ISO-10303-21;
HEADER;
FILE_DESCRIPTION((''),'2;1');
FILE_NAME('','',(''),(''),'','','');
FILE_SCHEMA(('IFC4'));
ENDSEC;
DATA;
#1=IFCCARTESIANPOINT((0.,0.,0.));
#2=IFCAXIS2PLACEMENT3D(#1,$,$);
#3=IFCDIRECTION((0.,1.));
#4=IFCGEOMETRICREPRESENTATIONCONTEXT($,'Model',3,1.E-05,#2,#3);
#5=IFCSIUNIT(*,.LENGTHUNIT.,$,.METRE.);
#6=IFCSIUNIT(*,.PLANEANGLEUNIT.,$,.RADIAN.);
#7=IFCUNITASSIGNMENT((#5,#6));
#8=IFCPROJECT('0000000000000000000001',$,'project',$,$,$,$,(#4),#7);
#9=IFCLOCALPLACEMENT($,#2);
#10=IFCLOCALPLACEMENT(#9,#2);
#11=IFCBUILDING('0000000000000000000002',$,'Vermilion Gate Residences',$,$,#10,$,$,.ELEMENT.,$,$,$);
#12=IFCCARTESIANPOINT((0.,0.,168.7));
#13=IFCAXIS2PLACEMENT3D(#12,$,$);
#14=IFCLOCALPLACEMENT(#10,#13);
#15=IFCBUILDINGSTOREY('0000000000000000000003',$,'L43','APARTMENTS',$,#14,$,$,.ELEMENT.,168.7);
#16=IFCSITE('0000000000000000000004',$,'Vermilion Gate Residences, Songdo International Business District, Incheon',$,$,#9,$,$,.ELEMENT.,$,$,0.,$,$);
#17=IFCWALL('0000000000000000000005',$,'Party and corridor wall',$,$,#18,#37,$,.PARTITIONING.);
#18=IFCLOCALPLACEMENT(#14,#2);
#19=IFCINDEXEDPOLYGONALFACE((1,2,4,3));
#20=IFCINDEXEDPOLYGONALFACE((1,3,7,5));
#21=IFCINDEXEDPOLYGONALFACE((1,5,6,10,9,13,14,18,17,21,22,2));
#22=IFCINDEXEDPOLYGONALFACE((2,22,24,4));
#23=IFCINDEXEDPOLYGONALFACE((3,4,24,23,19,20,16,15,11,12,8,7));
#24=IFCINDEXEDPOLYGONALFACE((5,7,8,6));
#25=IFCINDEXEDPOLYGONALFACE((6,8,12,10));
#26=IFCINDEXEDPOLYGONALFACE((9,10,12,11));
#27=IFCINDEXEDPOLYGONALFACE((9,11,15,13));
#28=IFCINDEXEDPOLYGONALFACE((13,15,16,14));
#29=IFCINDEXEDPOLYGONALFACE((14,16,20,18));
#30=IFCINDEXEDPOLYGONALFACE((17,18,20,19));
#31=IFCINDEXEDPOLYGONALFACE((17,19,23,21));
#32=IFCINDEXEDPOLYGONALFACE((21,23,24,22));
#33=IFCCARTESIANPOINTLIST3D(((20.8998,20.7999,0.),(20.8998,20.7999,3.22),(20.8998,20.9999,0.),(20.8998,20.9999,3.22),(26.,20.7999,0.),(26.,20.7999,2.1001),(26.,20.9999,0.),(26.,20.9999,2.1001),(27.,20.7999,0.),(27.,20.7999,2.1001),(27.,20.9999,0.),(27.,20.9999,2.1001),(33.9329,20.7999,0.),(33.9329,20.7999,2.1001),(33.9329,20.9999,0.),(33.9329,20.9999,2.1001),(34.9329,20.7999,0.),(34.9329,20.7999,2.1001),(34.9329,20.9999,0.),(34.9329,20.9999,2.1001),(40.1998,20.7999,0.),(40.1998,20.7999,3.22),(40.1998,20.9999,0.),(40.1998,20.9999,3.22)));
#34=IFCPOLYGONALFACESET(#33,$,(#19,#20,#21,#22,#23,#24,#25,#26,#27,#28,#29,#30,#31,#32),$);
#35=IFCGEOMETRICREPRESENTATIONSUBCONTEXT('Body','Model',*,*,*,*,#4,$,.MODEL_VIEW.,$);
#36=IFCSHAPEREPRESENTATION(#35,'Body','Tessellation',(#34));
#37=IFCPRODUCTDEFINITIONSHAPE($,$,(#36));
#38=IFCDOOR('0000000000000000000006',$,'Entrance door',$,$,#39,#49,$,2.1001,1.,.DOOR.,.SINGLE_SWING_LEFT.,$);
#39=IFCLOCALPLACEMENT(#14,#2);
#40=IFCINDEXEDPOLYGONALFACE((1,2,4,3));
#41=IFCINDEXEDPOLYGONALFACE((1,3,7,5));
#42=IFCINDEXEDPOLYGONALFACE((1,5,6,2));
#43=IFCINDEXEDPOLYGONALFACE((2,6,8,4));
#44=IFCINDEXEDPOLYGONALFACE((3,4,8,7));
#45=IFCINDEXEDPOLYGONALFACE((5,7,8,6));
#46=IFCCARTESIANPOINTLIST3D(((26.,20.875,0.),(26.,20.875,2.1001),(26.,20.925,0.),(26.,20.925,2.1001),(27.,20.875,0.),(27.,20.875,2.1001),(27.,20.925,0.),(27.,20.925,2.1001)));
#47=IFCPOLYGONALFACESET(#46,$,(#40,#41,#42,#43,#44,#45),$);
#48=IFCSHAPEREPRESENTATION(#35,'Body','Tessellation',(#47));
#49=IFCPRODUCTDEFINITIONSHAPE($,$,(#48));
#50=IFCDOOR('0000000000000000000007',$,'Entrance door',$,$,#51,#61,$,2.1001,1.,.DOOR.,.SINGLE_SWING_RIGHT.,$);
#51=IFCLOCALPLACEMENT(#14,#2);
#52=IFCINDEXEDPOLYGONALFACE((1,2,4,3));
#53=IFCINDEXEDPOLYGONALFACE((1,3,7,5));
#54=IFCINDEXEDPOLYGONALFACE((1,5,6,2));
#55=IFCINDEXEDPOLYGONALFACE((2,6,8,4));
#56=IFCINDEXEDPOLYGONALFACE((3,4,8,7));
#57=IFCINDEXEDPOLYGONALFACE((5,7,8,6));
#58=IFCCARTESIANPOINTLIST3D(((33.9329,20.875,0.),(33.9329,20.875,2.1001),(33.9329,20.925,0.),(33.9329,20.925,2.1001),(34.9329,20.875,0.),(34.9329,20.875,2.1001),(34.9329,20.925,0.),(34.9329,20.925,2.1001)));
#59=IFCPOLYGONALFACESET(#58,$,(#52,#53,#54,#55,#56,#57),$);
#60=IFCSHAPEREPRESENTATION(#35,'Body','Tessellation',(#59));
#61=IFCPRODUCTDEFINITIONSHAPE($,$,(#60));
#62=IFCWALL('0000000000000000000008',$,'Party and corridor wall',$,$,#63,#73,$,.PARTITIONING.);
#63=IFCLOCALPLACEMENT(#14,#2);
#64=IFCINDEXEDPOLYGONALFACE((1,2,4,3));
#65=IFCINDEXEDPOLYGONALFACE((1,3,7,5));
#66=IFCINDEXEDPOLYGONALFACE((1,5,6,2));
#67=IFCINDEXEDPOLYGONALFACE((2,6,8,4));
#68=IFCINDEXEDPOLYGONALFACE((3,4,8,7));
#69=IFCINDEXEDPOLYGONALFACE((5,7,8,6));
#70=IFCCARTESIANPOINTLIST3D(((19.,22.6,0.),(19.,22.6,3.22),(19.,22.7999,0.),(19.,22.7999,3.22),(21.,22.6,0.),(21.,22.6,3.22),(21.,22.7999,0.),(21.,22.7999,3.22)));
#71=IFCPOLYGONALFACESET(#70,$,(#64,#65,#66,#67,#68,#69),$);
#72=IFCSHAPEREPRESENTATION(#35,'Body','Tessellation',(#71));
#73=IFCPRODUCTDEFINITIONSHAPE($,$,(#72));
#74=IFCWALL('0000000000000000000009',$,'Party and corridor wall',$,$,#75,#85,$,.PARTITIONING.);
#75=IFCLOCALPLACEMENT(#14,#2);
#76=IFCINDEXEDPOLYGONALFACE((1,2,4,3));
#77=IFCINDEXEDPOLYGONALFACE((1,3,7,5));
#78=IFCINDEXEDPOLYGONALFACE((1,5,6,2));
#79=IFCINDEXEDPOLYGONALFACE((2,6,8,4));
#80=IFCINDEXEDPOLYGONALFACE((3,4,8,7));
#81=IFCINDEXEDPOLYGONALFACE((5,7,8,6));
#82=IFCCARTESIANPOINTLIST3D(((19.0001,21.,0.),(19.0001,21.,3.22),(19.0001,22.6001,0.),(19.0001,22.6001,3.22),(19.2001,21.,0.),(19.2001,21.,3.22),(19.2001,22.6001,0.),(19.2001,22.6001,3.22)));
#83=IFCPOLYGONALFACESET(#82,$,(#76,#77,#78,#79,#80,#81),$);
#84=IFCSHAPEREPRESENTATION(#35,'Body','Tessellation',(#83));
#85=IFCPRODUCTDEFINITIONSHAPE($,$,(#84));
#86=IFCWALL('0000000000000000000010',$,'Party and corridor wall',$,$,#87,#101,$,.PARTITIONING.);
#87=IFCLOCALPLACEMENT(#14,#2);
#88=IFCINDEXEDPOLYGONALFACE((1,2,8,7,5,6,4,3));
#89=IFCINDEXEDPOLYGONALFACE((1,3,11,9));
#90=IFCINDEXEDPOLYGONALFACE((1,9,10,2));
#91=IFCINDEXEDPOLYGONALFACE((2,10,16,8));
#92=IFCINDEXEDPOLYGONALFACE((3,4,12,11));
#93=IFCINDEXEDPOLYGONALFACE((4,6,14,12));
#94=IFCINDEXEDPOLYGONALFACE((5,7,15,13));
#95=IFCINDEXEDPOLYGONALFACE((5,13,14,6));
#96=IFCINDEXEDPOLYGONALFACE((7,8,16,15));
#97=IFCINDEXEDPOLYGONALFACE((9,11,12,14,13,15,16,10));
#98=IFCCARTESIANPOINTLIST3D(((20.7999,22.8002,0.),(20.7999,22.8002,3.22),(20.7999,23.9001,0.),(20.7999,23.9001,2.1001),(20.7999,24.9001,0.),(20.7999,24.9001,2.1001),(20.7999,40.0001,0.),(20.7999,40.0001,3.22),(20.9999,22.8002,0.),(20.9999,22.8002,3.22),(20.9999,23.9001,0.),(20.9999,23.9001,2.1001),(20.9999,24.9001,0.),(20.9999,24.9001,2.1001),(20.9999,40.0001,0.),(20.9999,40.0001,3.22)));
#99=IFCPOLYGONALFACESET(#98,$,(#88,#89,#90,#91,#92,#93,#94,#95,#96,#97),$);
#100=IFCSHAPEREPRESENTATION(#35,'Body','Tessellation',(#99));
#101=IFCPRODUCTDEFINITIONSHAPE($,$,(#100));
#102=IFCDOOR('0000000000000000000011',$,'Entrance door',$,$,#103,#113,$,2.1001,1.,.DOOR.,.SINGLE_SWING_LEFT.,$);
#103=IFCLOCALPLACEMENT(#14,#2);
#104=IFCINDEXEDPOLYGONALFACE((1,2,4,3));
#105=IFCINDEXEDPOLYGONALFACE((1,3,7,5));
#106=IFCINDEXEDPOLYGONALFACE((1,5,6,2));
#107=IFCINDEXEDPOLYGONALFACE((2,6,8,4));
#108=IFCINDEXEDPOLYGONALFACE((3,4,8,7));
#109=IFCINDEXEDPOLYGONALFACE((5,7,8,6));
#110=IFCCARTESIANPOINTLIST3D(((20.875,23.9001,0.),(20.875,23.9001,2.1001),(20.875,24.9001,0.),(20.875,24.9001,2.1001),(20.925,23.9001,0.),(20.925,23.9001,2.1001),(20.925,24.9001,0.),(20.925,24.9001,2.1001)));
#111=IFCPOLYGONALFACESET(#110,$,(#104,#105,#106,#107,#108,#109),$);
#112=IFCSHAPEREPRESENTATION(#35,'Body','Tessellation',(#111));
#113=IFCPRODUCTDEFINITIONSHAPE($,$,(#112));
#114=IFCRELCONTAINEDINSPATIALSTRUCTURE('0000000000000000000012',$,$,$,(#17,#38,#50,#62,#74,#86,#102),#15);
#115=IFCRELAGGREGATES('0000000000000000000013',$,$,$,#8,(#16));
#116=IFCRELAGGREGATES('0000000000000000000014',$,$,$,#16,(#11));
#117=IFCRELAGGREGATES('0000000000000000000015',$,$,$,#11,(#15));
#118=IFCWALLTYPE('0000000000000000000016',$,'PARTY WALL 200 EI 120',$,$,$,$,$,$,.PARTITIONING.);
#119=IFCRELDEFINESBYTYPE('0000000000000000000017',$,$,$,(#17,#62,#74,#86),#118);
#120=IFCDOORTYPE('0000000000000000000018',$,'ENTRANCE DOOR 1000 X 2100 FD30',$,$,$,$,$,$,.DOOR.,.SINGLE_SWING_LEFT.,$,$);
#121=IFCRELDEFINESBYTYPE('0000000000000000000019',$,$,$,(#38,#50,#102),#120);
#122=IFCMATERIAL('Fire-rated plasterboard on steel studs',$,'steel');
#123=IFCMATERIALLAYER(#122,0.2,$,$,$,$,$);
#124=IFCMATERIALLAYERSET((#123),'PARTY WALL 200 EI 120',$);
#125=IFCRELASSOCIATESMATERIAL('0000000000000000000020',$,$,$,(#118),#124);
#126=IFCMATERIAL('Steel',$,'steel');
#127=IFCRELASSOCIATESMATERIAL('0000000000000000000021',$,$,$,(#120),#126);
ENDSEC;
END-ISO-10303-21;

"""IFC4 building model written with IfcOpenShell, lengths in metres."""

from ifc_helpers import new_model, si_unit, direction, frame, frame_2d, origin, place, context, subcontext, project, spatial, rectangle, extrude, material, layer, layer_set, type_object, element, fill, save


model = new_model("IFC4")

# Units and contexts
model_context = context("Model", 3, precision=1e-05, world=origin(), true_north=direction((0.0, 1.0)))
body_context = subcontext(model_context, "Body", "Model", "MODEL_VIEW")
ifc_project = project(units=[si_unit("LENGTHUNIT", "METRE"), si_unit("PLANEANGLEUNIT", "RADIAN")], contexts=[model_context])

# Site, building, storey
site_placement = place(None, origin())
site = spatial("IfcSite", under=ifc_project, at=site_placement, Name="Vermilion Gate Residences, Songdo International Business District, Incheon", CompositionType="ELEMENT", RefElevation=0.0)
building_placement = place(site_placement, origin())
building = spatial("IfcBuilding", under=site, at=building_placement, Name="Vermilion Gate Residences", CompositionType="ELEMENT")
storey_placement = place(building_placement, frame((0.0, 0.0, 168.7)))
storey = spatial("IfcBuildingStorey", under=building, at=storey_placement, Name="L43", Description="APARTMENTS", CompositionType="ELEMENT", Elevation=168.7)

# Wall, openings, doors
ifc_material_1 = material(Name="Fire-rated plasterboard on steel studs", Category="steel")
ifc_layer_1 = layer(ifc_material_1, 0.2)
ifc_layer_set_1 = layer_set([ifc_layer_1], Name="PARTY WALL 200 EI 120")
wall_type_1 = type_object("IfcWallType", Name="PARTY WALL 200 EI 120", PredefinedType="PARTITIONING", material=ifc_layer_set_1)
wall_1_placement = place(storey_placement, frame((20.8999, 20.8999, 0.0), z_axis=(0.0, 0.0, 1.0), x_axis=(1.0, 0.0, 0.0)))
wall_1 = element("IfcWall", 1, at=wall_1_placement, inside=storey, type_object=wall_type_1, Name="Party and corridor wall", PredefinedType="PARTITIONING", context=body_context, shape_type="SweptSolid", body=[
    extrude(rectangle(XDim=19.3, YDim=0.2, at=frame_2d((9.6499, 0.0))), origin(), (0.0, 0.0, 1.0), 3.22),
])
opening_1_placement = place(wall_1_placement, frame((5.1001, 0.0, 0.0)))
opening_1 = element("IfcOpeningElement", 2, at=opening_1_placement, cuts=wall_1, PredefinedType="OPENING", context=body_context, shape_type="SweptSolid", body=[
    extrude(rectangle(XDim=1.0, YDim=2.1001, at=frame_2d((0.5, 1.05))), frame((0.0, 0.1099, 0.0), z_axis=(0.0, -1.0, 0.0), x_axis=(1.0, 0.0, 0.0)), (0.0, 0.0, 1.0), 0.22),
])
opening_2_placement = place(wall_1_placement, frame((13.033, 0.0, 0.0)))
opening_2 = element("IfcOpeningElement", 3, at=opening_2_placement, cuts=wall_1, PredefinedType="OPENING", context=body_context, shape_type="SweptSolid", body=[
    extrude(rectangle(XDim=1.0, YDim=2.1001, at=frame_2d((0.5, 1.05))), frame((0.0, 0.1099, 0.0), z_axis=(0.0, -1.0, 0.0), x_axis=(1.0, 0.0, 0.0)), (0.0, 0.0, 1.0), 0.22),
])
ifc_material_2 = material(Name="Steel", Category="steel")
door_type_1 = type_object("IfcDoorType", Name="ENTRANCE DOOR 1000 X 2100 FD30", OperationType="SINGLE_SWING_LEFT", PredefinedType="DOOR", material=ifc_material_2)
door_1_placement = place(opening_1_placement, frame((1.0, 0.0, 0.0), z_axis=(0.0, 0.0, 1.0), x_axis=(-1.0, 0.0, 0.0)))
door_1 = element("IfcDoor", 4, at=door_1_placement, inside=storey, type_object=door_type_1, Name="Entrance door", OperationType="SINGLE_SWING_LEFT", OverallHeight=2.1001, OverallWidth=1.0, PredefinedType="DOOR", context=body_context, shape_type="SweptSolid", body=[
    extrude(rectangle(XDim=1.0, YDim=2.1001, at=frame_2d((0.5, 1.05))), frame((0.0, 0.0249, 0.0), z_axis=(0.0, -1.0, 0.0), x_axis=(1.0, 0.0, 0.0)), (0.0, 0.0, 1.0), 0.05),
])
fill(opening_1, door_1)
door_2_placement = place(opening_2_placement, frame((1.0, 0.0, 0.0), z_axis=(0.0, 0.0, 1.0), x_axis=(-1.0, 0.0, 0.0)))
door_2 = element("IfcDoor", 5, at=door_2_placement, inside=storey, type_object=door_type_1, Name="Entrance door", OperationType="SINGLE_SWING_RIGHT", OverallHeight=2.1001, OverallWidth=1.0, PredefinedType="DOOR", context=body_context, shape_type="SweptSolid", body=[
    extrude(rectangle(XDim=1.0, YDim=2.1001, at=frame_2d((0.5, 1.05))), frame((0.0, 0.0249, 0.0), z_axis=(0.0, -1.0, 0.0), x_axis=(1.0, 0.0, 0.0)), (0.0, 0.0, 1.0), 0.05),
])
fill(opening_2, door_2)

# Walls
wall_2_placement = place(storey_placement, frame((19.0, 22.7, 0.0), z_axis=(0.0, 0.0, 1.0), x_axis=(1.0, 0.0, 0.0)))
element("IfcWall", 6, at=wall_2_placement, inside=storey, type_object=wall_type_1, Name="Party and corridor wall", PredefinedType="PARTITIONING", context=body_context, shape_type="SweptSolid", body=[
    extrude(rectangle(XDim=2.0, YDim=0.2, at=frame_2d((1.0, 0.0))), origin(), (0.0, 0.0, 1.0), 3.22),
])
wall_3_placement = place(storey_placement, frame((19.1001, 21.0, 0.0), z_axis=(0.0, 0.0, 1.0), x_axis=(0.0, 1.0, 0.0)))
element("IfcWall", 7, at=wall_3_placement, inside=storey, type_object=wall_type_1, Name="Party and corridor wall", PredefinedType="PARTITIONING", context=body_context, shape_type="SweptSolid", body=[
    extrude(rectangle(XDim=1.6001, YDim=0.2, at=frame_2d((0.8, 0.0))), origin(), (0.0, 0.0, 1.0), 3.22),
])

# Wall, opening, door
wall_4_placement = place(storey_placement, frame((20.8999, 22.8, 0.0), z_axis=(0.0, 0.0, 1.0), x_axis=(0.0, 1.0, 0.0)))
wall_4 = element("IfcWall", 8, at=wall_4_placement, inside=storey, type_object=wall_type_1, Name="Party and corridor wall", PredefinedType="PARTITIONING", context=body_context, shape_type="SweptSolid", body=[
    extrude(rectangle(XDim=17.2, YDim=0.2, at=frame_2d((8.6001, 0.0))), origin(), (0.0, 0.0, 1.0), 3.22),
])
opening_3_placement = place(wall_4_placement, frame((1.1001, 0.0, 0.0)))
opening_3 = element("IfcOpeningElement", 9, at=opening_3_placement, cuts=wall_4, PredefinedType="OPENING", context=body_context, shape_type="SweptSolid", body=[
    extrude(rectangle(XDim=1.0, YDim=2.1001, at=frame_2d((0.5, 1.05))), frame((0.0, 0.1099, 0.0), z_axis=(0.0, -1.0, 0.0), x_axis=(1.0, 0.0, 0.0)), (0.0, 0.0, 1.0), 0.22),
])
door_3_placement = place(opening_3_placement, origin())
door_3 = element("IfcDoor", 10, at=door_3_placement, inside=storey, type_object=door_type_1, Name="Entrance door", OperationType="SINGLE_SWING_LEFT", OverallHeight=2.1001, OverallWidth=1.0, PredefinedType="DOOR", context=body_context, shape_type="SweptSolid", body=[
    extrude(rectangle(XDim=1.0, YDim=2.1001, at=frame_2d((0.5, 1.05))), frame((0.0, 0.0249, 0.0), z_axis=(0.0, -1.0, 0.0), x_axis=(1.0, 0.0, 0.0)), (0.0, 0.0, 1.0), 0.05),
])
fill(opening_3, door_3)

save(model, "model.ifc")
